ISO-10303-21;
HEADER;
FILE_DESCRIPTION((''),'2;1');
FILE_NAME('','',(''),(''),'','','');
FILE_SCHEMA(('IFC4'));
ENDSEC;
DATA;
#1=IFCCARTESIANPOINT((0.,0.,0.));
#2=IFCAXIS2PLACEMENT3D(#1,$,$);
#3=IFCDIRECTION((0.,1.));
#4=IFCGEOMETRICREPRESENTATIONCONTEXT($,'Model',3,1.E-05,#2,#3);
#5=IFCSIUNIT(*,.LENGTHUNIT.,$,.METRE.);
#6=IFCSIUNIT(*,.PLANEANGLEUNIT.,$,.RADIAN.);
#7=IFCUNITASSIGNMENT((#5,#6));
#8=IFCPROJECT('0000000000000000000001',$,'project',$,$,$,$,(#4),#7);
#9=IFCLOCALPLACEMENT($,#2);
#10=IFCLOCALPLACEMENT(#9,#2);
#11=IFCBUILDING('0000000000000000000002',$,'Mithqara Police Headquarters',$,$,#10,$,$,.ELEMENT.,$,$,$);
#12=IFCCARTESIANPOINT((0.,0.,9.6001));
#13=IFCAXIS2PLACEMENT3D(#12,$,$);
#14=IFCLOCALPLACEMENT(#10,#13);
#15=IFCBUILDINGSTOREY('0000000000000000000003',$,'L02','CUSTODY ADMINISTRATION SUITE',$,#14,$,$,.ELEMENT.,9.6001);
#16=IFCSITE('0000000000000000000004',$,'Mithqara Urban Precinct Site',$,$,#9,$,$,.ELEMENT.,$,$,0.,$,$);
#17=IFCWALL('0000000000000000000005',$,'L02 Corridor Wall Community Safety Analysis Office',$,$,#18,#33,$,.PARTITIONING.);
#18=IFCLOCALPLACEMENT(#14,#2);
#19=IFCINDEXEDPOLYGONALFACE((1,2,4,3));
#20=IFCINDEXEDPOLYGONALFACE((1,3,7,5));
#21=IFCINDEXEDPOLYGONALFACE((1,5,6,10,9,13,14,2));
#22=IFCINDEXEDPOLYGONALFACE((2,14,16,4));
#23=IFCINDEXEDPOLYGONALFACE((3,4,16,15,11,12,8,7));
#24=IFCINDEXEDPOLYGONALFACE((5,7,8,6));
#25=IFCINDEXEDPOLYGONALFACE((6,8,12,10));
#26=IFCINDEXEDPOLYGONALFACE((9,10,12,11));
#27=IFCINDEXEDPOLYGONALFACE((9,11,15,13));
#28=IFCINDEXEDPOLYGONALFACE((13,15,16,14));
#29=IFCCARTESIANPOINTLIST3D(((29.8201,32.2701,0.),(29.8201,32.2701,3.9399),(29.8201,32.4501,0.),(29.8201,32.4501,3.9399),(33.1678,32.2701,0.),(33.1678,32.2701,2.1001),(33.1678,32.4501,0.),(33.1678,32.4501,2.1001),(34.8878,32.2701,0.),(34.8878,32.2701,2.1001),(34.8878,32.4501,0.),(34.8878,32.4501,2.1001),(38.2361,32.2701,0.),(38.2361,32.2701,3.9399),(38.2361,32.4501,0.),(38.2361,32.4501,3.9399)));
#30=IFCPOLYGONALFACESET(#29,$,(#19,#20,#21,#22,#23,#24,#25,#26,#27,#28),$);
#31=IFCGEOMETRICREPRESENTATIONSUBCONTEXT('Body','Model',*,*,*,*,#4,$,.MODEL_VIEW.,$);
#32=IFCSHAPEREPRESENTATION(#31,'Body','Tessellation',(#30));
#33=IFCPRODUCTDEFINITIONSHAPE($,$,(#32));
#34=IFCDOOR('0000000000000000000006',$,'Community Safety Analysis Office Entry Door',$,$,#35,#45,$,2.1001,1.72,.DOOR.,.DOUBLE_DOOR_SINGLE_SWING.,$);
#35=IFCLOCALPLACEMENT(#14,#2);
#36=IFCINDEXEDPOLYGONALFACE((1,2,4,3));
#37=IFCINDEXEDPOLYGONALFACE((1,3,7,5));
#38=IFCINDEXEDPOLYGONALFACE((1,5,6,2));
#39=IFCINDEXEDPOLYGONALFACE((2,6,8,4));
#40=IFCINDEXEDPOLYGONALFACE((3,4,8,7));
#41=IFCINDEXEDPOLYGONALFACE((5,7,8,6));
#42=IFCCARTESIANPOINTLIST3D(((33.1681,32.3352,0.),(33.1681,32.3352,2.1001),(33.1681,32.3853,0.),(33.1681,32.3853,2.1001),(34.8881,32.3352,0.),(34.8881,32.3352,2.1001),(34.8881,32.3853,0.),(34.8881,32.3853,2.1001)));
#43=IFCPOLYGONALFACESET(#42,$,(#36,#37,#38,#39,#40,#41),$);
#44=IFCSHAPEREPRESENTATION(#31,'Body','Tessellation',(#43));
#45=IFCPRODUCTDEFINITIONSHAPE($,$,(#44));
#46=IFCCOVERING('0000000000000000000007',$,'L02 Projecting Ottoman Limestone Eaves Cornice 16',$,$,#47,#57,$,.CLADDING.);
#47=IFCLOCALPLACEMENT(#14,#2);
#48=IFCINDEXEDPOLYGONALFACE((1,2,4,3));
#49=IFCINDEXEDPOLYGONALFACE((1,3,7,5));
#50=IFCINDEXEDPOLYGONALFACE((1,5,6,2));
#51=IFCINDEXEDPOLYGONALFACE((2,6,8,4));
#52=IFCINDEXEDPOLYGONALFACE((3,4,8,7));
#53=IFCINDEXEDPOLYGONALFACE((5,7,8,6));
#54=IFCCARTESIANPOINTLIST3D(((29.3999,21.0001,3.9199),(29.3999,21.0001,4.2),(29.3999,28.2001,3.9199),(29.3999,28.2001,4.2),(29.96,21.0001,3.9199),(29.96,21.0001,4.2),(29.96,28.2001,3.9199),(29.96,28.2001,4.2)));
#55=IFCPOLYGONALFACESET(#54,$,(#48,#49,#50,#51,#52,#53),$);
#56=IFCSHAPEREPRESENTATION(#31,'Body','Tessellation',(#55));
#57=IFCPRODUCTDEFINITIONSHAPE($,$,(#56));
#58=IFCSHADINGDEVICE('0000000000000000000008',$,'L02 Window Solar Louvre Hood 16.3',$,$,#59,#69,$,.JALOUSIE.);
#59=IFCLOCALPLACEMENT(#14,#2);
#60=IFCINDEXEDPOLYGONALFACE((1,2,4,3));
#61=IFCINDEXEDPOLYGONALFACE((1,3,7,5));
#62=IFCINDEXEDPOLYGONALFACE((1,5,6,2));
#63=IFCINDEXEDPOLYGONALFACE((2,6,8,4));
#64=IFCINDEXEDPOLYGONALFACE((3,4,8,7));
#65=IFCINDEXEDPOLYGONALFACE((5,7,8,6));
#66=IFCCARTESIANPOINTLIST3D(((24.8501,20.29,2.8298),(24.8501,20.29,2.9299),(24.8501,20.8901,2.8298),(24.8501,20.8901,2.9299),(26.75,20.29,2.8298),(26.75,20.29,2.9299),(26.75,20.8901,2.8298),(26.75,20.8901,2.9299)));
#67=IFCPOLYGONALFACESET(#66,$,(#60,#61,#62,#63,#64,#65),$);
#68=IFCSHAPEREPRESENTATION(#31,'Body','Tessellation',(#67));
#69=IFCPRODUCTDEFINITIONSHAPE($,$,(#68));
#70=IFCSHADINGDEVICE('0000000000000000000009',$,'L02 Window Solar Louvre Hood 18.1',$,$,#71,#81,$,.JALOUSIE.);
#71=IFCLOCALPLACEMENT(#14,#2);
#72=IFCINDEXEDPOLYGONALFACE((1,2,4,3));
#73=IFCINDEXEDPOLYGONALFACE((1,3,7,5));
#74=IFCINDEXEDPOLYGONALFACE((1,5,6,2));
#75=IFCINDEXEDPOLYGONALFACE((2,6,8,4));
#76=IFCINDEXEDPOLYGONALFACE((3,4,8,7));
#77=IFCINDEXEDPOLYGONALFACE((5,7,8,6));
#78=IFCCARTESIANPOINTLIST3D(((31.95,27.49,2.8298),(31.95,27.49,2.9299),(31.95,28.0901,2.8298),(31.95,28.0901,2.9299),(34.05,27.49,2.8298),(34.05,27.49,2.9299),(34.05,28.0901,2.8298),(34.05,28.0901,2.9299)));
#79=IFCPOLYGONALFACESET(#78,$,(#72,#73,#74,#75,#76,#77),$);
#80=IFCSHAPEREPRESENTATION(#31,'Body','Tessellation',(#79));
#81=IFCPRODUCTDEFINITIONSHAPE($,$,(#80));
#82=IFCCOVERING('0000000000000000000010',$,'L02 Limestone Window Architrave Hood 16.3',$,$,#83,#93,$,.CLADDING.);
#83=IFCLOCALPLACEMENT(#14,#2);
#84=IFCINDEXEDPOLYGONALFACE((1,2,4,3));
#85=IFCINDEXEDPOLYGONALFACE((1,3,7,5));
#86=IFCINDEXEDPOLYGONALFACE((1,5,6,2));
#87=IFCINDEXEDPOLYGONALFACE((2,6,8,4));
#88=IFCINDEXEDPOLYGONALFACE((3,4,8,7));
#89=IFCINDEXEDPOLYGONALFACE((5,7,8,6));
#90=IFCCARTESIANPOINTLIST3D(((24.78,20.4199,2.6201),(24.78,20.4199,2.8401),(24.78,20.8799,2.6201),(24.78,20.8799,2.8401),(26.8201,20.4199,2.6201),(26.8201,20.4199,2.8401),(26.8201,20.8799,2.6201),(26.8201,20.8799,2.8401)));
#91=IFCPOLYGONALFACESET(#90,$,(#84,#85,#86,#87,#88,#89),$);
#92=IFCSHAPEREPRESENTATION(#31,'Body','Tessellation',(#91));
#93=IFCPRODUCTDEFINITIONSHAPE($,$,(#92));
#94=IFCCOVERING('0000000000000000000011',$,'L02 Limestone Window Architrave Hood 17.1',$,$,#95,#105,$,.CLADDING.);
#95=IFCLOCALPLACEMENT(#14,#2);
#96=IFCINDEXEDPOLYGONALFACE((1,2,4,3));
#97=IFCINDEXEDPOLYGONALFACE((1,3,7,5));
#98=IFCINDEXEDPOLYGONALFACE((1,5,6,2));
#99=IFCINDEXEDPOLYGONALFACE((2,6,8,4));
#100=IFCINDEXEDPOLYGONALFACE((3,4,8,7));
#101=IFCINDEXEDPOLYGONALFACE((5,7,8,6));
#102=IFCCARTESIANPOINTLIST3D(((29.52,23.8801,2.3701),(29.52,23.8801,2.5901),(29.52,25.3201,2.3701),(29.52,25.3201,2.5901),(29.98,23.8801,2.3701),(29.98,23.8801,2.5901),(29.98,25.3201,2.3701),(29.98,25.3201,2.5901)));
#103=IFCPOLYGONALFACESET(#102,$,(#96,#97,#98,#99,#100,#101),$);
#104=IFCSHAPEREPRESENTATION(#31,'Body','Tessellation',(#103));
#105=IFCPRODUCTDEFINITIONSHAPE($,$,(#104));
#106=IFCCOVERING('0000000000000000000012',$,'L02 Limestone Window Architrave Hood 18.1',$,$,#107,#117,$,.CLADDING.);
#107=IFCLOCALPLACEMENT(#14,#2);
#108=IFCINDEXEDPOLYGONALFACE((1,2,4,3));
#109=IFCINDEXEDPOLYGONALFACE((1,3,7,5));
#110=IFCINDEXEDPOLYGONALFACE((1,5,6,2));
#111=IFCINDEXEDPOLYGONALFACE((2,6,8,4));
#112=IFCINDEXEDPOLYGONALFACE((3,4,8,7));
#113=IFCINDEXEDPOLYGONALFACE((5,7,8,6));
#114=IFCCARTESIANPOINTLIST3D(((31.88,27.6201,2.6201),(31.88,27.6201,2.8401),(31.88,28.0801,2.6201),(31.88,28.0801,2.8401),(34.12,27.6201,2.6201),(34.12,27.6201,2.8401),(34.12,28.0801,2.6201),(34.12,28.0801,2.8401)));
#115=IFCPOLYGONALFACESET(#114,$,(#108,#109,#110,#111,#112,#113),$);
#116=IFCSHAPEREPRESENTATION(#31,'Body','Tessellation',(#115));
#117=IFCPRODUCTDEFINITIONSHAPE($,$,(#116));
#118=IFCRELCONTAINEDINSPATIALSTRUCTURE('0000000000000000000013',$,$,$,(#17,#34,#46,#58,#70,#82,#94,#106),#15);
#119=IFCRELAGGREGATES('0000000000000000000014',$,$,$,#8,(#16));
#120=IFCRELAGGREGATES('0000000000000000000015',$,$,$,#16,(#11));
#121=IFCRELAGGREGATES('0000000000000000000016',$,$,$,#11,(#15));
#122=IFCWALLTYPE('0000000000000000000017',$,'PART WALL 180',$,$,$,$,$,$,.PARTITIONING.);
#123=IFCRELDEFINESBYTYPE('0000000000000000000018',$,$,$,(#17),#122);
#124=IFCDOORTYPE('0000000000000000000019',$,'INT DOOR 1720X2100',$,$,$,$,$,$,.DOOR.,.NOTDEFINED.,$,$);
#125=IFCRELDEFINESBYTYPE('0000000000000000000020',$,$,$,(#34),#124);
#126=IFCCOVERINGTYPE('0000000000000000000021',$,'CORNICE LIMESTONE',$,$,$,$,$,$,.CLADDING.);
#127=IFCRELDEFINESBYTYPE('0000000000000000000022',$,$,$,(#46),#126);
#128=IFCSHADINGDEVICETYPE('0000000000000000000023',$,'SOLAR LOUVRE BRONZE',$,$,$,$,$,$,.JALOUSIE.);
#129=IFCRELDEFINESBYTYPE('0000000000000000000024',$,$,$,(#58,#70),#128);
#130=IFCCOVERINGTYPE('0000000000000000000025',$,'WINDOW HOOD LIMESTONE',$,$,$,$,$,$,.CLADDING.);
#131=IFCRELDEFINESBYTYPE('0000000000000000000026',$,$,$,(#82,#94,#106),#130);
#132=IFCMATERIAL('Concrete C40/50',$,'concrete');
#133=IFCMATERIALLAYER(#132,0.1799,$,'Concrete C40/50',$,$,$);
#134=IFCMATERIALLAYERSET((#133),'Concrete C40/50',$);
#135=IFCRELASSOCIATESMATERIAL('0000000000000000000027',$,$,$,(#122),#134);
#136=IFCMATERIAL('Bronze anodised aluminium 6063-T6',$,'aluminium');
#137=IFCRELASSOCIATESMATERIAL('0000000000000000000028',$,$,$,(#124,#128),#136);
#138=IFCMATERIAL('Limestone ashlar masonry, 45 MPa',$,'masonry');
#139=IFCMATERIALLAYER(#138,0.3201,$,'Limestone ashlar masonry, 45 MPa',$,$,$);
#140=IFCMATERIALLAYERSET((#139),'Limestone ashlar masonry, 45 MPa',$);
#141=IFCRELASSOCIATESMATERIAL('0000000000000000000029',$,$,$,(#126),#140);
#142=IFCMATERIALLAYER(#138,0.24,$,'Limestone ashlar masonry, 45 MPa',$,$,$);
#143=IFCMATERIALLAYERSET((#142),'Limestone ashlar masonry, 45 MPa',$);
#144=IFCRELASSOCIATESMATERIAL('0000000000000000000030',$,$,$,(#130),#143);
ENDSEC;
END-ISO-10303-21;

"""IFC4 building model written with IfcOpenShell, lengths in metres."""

from ifc_helpers import new_model, si_unit, direction, frame, frame_2d, origin, origin_2d, place, context, subcontext, project, spatial, rectangle, extrude, material, layer, layer_set, type_object, element, fill, save


model = new_model("IFC4")

# Units and contexts
model_context = context("Model", 3, precision=1e-05, world=origin(), true_north=direction((0.0, 1.0)))
body_context = subcontext(model_context, "Body", "Model", "MODEL_VIEW")
ifc_project = project(units=[si_unit("LENGTHUNIT", "METRE"), si_unit("PLANEANGLEUNIT", "RADIAN")], contexts=[model_context])

# Site, building, storey
site_placement = place(None, origin())
site = spatial("IfcSite", under=ifc_project, at=site_placement, Name="Mithqara Urban Precinct Site", CompositionType="ELEMENT", RefElevation=0.0)
building_placement = place(site_placement, origin())
building = spatial("IfcBuilding", under=site, at=building_placement, Name="Mithqara Police Headquarters", CompositionType="ELEMENT")
storey_placement = place(building_placement, frame((0.0, 0.0, 9.6001)))
storey = spatial("IfcBuildingStorey", under=building, at=storey_placement, Name="L02", Description="CUSTODY ADMINISTRATION SUITE", CompositionType="ELEMENT", Elevation=9.6001)

# Shared definitions
ifc_material_1 = material(Name="Concrete C40/50", Category="concrete")

# Shared definitions
ifc_material_2 = material(Name="Limestone ashlar masonry, 45 MPa", Category="masonry")

# Wall, opening, door
ifc_layer_1 = layer(ifc_material_1, 0.1799, Name="Concrete C40/50")
ifc_layer_set_1 = layer_set([ifc_layer_1], Name="Concrete C40/50")
wall_type_1 = type_object("IfcWallType", Name="PART WALL 180", PredefinedType="PARTITIONING", material=ifc_layer_set_1)
wall_1_placement = place(storey_placement, frame((29.8201, 32.3601, 0.0), z_axis=(0.0, 0.0, 1.0), x_axis=(1.0, 0.0, 0.0)))
wall_1 = element("IfcWall", 1, at=wall_1_placement, inside=storey, type_object=wall_type_1, Name="L02 Corridor Wall Community Safety Analysis Office", PredefinedType="PARTITIONING", context=body_context, shape_type="SweptSolid", body=[
    extrude(rectangle(XDim=8.416, YDim=0.1799, at=frame_2d((4.208, 0.0))), origin(), (0.0, 0.0, 1.0), 3.9399),
])
opening_1_placement = place(wall_1_placement, frame((3.3479, 0.0, 0.0)))
opening_1 = element("IfcOpeningElement", 2, at=opening_1_placement, cuts=wall_1, PredefinedType="OPENING", context=body_context, shape_type="SweptSolid", body=[
    extrude(rectangle(XDim=1.72, YDim=2.1001, at=frame_2d((0.8599, 1.05))), frame((0.0, 0.1001, 0.0), z_axis=(0.0, -1.0, 0.0), x_axis=(1.0, 0.0, 0.0)), (0.0, 0.0, 1.0), 0.2),
])
ifc_material_3 = material(Name="Bronze anodised aluminium 6063-T6", Category="aluminium")
door_type = type_object("IfcDoorType", Name="INT DOOR 1720X2100", OperationType="NOTDEFINED", PredefinedType="DOOR", material=ifc_material_3)
door_placement = place(opening_1_placement, frame((1.72, 0.0, 0.0), z_axis=(0.0, 0.0, 1.0), x_axis=(-1.0, 0.0, 0.0)))
door = element("IfcDoor", 3, at=door_placement, inside=storey, type_object=door_type, Name="Community Safety Analysis Office Entry Door", OperationType="DOUBLE_DOOR_SINGLE_SWING", OverallHeight=2.1001, OverallWidth=1.72, PredefinedType="DOOR", context=body_context, shape_type="SweptSolid", body=[
    extrude(rectangle(XDim=1.72, YDim=2.1001, at=frame_2d((0.8599, 1.05))), frame((0.0, 0.0249, 0.0), z_axis=(0.0, -1.0, 0.0), x_axis=(1.0, 0.0, 0.0)), (0.0, 0.0, 1.0), 0.05),
])
fill(opening_1, door)

# Covering
ifc_layer_2 = layer(ifc_material_2, 0.3201, Name="Limestone ashlar masonry, 45 MPa")
ifc_layer_set_2 = layer_set([ifc_layer_2], Name="Limestone ashlar masonry, 45 MPa")
covering_type_1 = type_object("IfcCoveringType", Name="CORNICE LIMESTONE", PredefinedType="CLADDING", material=ifc_layer_set_2)
covering_1_placement = place(storey_placement, frame((29.6799, 24.6001, 3.9199), z_axis=(0.0, 0.0, 1.0), x_axis=(0.0, 1.0, 0.0)))
element("IfcCovering", 4, at=covering_1_placement, inside=storey, type_object=covering_type_1, Name="L02 Projecting Ottoman Limestone Eaves Cornice 16", PredefinedType="CLADDING", context=body_context, shape_type="SweptSolid", body=[
    extrude(rectangle(XDim=7.2, YDim=0.5601, at=origin_2d()), origin(), (0.0, 0.0, 1.0), 0.28),
])

# Shading devices
shading_device_type = type_object("IfcShadingDeviceType", Name="SOLAR LOUVRE BRONZE", PredefinedType="JALOUSIE", material=ifc_material_3)
shading_device_1_placement = place(storey_placement, frame((25.8, 20.5901, 2.8298), z_axis=(0.0, 0.0, 1.0), x_axis=(1.0, 0.0, 0.0)))
element("IfcShadingDevice", 5, at=shading_device_1_placement, inside=storey, type_object=shading_device_type, Name="L02 Window Solar Louvre Hood 16.3", PredefinedType="JALOUSIE", context=body_context, shape_type="SweptSolid", body=[
    extrude(rectangle(XDim=1.8999, YDim=0.6001, at=origin_2d()), origin(), (0.0, 0.0, 1.0), 0.1001),
])
shading_device_2_placement = place(storey_placement, frame((33.0, 27.79, 2.8298), z_axis=(0.0, 0.0, 1.0), x_axis=(1.0, 0.0, 0.0)))
element("IfcShadingDevice", 6, at=shading_device_2_placement, inside=storey, type_object=shading_device_type, Name="L02 Window Solar Louvre Hood 18.1", PredefinedType="JALOUSIE", context=body_context, shape_type="SweptSolid", body=[
    extrude(rectangle(XDim=2.1001, YDim=0.6001, at=origin_2d()), origin(), (0.0, 0.0, 1.0), 0.1001),
])

# Coverings
ifc_layer_3 = layer(ifc_material_2, 0.24, Name="Limestone ashlar masonry, 45 MPa")
ifc_layer_set_3 = layer_set([ifc_layer_3], Name="Limestone ashlar masonry, 45 MPa")
covering_type_2 = type_object("IfcCoveringType", Name="WINDOW HOOD LIMESTONE", PredefinedType="CLADDING", material=ifc_layer_set_3)
covering_2_placement = place(storey_placement, frame((25.8, 20.6499, 2.6201), z_axis=(0.0, 0.0, 1.0), x_axis=(1.0, 0.0, 0.0)))
element("IfcCovering", 7, at=covering_2_placement, inside=storey, type_object=covering_type_2, Name="L02 Limestone Window Architrave Hood 16.3", PredefinedType="CLADDING", context=body_context, shape_type="SweptSolid", body=[
    extrude(rectangle(XDim=2.04, YDim=0.46, at=origin_2d()), origin(), (0.0, 0.0, 1.0), 0.22),
])
covering_3_placement = place(storey_placement, frame((29.75, 24.6001, 2.3701), z_axis=(0.0, 0.0, 1.0), x_axis=(0.0, 1.0, 0.0)))
element("IfcCovering", 8, at=covering_3_placement, inside=storey, type_object=covering_type_2, Name="L02 Limestone Window Architrave Hood 17.1", PredefinedType="CLADDING", context=body_context, shape_type="SweptSolid", body=[
    extrude(rectangle(XDim=1.4399, YDim=0.46, at=origin_2d()), origin(), (0.0, 0.0, 1.0), 0.22),
])
covering_4_placement = place(storey_placement, frame((33.0, 27.8501, 2.6201), z_axis=(0.0, 0.0, 1.0), x_axis=(1.0, 0.0, 0.0)))
element("IfcCovering", 9, at=covering_4_placement, inside=storey, type_object=covering_type_2, Name="L02 Limestone Window Architrave Hood 18.1", PredefinedType="CLADDING", context=body_context, shape_type="SweptSolid", body=[
    extrude(rectangle(XDim=2.24, YDim=0.46, at=origin_2d()), origin(), (0.0, 0.0, 1.0), 0.22),
])

save(model, "model.ifc")
